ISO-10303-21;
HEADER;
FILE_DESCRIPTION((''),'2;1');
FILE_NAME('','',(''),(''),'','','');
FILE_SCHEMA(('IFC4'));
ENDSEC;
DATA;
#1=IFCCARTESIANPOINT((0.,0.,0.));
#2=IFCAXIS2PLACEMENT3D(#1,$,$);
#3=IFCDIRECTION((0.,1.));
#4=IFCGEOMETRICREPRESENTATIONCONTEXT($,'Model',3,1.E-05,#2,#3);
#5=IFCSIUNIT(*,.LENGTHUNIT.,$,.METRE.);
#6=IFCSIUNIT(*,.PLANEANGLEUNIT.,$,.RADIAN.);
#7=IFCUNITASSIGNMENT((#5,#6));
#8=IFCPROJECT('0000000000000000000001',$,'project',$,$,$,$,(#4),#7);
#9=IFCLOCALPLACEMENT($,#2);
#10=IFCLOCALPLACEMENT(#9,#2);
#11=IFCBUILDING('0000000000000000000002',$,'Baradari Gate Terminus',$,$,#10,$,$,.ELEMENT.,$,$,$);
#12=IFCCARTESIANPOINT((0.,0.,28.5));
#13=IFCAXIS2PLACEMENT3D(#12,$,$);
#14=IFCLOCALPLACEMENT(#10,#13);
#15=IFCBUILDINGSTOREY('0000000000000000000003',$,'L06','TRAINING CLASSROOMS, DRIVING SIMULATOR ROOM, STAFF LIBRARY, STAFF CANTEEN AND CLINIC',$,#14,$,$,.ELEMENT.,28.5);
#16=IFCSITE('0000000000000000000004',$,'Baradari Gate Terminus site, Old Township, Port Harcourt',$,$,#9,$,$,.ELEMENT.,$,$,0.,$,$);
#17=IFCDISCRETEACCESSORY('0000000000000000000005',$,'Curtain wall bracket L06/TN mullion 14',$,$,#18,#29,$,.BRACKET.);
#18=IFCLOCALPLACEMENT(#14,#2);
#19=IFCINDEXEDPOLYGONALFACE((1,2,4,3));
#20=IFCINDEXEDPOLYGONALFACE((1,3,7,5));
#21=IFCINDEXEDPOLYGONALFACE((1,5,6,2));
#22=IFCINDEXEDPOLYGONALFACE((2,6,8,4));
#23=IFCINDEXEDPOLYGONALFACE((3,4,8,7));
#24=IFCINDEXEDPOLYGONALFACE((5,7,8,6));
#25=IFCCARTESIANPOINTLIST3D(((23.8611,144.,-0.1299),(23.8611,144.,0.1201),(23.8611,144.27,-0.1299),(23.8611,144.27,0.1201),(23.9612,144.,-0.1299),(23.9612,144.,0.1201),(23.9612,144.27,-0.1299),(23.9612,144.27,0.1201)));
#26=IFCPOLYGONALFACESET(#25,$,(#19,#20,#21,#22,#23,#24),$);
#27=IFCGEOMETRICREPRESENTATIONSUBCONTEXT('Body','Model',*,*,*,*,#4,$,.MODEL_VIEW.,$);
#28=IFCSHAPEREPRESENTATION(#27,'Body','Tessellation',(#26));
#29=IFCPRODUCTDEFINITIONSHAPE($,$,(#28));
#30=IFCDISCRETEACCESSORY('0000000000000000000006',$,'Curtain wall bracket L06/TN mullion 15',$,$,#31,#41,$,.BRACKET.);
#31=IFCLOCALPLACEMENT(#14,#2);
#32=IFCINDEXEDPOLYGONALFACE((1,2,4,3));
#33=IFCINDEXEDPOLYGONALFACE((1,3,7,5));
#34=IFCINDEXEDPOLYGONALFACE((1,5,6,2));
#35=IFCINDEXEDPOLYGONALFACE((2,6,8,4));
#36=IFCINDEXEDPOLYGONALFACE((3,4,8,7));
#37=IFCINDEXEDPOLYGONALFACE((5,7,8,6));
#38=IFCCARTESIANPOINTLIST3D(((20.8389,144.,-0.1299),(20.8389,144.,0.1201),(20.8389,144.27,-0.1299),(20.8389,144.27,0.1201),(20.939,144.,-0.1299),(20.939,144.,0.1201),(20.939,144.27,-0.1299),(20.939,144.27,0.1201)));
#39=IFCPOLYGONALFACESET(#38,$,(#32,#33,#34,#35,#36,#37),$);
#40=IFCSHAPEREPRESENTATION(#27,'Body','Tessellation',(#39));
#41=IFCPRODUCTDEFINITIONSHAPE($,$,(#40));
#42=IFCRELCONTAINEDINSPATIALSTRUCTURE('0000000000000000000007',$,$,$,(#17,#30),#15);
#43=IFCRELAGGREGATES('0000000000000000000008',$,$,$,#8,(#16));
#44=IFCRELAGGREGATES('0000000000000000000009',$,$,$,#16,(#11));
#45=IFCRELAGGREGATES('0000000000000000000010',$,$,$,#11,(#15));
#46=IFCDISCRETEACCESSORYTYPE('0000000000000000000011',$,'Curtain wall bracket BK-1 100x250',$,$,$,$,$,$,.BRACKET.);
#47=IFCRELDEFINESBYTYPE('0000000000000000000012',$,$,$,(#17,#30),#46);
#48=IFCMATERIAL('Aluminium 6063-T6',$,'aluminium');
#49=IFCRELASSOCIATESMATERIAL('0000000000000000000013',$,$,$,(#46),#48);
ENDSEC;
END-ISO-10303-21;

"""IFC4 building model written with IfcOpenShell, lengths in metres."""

from ifc_helpers import new_model, si_unit, direction, frame, origin, origin_2d, place, context, subcontext, project, spatial, rectangle, extrude, material, type_object, element, save


model = new_model("IFC4")

# Units and contexts
model_context = context("Model", 3, precision=1e-05, world=origin(), true_north=direction((0.0, 1.0)))
body_context = subcontext(model_context, "Body", "Model", "MODEL_VIEW")
ifc_project = project(units=[si_unit("LENGTHUNIT", "METRE"), si_unit("PLANEANGLEUNIT", "RADIAN")], contexts=[model_context])

# Site, building, storey
site_placement = place(None, origin())
site = spatial("IfcSite", under=ifc_project, at=site_placement, Name="Baradari Gate Terminus site, Old Township, Port Harcourt", CompositionType="ELEMENT", RefElevation=0.0)
building_placement = place(site_placement, origin())
building = spatial("IfcBuilding", under=site, at=building_placement, Name="Baradari Gate Terminus", CompositionType="ELEMENT")
storey_placement = place(building_placement, frame((0.0, 0.0, 28.5)))
storey = spatial("IfcBuildingStorey", under=building, at=storey_placement, Name="L06", Description="TRAINING CLASSROOMS, DRIVING SIMULATOR ROOM, STAFF LIBRARY, STAFF CANTEEN AND CLINIC", CompositionType="ELEMENT", Elevation=28.5)

# Discrete accessories
ifc_material_1 = material(Name="Aluminium 6063-T6", Category="aluminium")
discrete_accessory_type = type_object("IfcDiscreteAccessoryType", Name="Curtain wall bracket BK-1 100x250", PredefinedType="BRACKET", material=ifc_material_1)
for number, where, z_axis, x_axis, name in (
    (1, (23.9111, 144.135, -0.1299), (0.0, 0.0, 1.0), (0.0, 1.0, 0.0), "Curtain wall bracket L06/TN mullion 14"),
    (2, (20.8889, 144.135, -0.1299), (0.0, 0.0, 1.0), (0.0, 1.0, 0.0), "Curtain wall bracket L06/TN mullion 15"),
):
    element("IfcDiscreteAccessory", number, at=place(storey_placement, frame(where, z_axis=z_axis, x_axis=x_axis)), inside=storey, type_object=discrete_accessory_type, Name=name, PredefinedType="BRACKET", context=body_context, shape_type="SweptSolid", body=[
        extrude(rectangle(XDim=0.27, YDim=0.1001, at=origin_2d()), origin(), (0.0, 0.0, 1.0), 0.25),
    ])

save(model, "model.ifc")
